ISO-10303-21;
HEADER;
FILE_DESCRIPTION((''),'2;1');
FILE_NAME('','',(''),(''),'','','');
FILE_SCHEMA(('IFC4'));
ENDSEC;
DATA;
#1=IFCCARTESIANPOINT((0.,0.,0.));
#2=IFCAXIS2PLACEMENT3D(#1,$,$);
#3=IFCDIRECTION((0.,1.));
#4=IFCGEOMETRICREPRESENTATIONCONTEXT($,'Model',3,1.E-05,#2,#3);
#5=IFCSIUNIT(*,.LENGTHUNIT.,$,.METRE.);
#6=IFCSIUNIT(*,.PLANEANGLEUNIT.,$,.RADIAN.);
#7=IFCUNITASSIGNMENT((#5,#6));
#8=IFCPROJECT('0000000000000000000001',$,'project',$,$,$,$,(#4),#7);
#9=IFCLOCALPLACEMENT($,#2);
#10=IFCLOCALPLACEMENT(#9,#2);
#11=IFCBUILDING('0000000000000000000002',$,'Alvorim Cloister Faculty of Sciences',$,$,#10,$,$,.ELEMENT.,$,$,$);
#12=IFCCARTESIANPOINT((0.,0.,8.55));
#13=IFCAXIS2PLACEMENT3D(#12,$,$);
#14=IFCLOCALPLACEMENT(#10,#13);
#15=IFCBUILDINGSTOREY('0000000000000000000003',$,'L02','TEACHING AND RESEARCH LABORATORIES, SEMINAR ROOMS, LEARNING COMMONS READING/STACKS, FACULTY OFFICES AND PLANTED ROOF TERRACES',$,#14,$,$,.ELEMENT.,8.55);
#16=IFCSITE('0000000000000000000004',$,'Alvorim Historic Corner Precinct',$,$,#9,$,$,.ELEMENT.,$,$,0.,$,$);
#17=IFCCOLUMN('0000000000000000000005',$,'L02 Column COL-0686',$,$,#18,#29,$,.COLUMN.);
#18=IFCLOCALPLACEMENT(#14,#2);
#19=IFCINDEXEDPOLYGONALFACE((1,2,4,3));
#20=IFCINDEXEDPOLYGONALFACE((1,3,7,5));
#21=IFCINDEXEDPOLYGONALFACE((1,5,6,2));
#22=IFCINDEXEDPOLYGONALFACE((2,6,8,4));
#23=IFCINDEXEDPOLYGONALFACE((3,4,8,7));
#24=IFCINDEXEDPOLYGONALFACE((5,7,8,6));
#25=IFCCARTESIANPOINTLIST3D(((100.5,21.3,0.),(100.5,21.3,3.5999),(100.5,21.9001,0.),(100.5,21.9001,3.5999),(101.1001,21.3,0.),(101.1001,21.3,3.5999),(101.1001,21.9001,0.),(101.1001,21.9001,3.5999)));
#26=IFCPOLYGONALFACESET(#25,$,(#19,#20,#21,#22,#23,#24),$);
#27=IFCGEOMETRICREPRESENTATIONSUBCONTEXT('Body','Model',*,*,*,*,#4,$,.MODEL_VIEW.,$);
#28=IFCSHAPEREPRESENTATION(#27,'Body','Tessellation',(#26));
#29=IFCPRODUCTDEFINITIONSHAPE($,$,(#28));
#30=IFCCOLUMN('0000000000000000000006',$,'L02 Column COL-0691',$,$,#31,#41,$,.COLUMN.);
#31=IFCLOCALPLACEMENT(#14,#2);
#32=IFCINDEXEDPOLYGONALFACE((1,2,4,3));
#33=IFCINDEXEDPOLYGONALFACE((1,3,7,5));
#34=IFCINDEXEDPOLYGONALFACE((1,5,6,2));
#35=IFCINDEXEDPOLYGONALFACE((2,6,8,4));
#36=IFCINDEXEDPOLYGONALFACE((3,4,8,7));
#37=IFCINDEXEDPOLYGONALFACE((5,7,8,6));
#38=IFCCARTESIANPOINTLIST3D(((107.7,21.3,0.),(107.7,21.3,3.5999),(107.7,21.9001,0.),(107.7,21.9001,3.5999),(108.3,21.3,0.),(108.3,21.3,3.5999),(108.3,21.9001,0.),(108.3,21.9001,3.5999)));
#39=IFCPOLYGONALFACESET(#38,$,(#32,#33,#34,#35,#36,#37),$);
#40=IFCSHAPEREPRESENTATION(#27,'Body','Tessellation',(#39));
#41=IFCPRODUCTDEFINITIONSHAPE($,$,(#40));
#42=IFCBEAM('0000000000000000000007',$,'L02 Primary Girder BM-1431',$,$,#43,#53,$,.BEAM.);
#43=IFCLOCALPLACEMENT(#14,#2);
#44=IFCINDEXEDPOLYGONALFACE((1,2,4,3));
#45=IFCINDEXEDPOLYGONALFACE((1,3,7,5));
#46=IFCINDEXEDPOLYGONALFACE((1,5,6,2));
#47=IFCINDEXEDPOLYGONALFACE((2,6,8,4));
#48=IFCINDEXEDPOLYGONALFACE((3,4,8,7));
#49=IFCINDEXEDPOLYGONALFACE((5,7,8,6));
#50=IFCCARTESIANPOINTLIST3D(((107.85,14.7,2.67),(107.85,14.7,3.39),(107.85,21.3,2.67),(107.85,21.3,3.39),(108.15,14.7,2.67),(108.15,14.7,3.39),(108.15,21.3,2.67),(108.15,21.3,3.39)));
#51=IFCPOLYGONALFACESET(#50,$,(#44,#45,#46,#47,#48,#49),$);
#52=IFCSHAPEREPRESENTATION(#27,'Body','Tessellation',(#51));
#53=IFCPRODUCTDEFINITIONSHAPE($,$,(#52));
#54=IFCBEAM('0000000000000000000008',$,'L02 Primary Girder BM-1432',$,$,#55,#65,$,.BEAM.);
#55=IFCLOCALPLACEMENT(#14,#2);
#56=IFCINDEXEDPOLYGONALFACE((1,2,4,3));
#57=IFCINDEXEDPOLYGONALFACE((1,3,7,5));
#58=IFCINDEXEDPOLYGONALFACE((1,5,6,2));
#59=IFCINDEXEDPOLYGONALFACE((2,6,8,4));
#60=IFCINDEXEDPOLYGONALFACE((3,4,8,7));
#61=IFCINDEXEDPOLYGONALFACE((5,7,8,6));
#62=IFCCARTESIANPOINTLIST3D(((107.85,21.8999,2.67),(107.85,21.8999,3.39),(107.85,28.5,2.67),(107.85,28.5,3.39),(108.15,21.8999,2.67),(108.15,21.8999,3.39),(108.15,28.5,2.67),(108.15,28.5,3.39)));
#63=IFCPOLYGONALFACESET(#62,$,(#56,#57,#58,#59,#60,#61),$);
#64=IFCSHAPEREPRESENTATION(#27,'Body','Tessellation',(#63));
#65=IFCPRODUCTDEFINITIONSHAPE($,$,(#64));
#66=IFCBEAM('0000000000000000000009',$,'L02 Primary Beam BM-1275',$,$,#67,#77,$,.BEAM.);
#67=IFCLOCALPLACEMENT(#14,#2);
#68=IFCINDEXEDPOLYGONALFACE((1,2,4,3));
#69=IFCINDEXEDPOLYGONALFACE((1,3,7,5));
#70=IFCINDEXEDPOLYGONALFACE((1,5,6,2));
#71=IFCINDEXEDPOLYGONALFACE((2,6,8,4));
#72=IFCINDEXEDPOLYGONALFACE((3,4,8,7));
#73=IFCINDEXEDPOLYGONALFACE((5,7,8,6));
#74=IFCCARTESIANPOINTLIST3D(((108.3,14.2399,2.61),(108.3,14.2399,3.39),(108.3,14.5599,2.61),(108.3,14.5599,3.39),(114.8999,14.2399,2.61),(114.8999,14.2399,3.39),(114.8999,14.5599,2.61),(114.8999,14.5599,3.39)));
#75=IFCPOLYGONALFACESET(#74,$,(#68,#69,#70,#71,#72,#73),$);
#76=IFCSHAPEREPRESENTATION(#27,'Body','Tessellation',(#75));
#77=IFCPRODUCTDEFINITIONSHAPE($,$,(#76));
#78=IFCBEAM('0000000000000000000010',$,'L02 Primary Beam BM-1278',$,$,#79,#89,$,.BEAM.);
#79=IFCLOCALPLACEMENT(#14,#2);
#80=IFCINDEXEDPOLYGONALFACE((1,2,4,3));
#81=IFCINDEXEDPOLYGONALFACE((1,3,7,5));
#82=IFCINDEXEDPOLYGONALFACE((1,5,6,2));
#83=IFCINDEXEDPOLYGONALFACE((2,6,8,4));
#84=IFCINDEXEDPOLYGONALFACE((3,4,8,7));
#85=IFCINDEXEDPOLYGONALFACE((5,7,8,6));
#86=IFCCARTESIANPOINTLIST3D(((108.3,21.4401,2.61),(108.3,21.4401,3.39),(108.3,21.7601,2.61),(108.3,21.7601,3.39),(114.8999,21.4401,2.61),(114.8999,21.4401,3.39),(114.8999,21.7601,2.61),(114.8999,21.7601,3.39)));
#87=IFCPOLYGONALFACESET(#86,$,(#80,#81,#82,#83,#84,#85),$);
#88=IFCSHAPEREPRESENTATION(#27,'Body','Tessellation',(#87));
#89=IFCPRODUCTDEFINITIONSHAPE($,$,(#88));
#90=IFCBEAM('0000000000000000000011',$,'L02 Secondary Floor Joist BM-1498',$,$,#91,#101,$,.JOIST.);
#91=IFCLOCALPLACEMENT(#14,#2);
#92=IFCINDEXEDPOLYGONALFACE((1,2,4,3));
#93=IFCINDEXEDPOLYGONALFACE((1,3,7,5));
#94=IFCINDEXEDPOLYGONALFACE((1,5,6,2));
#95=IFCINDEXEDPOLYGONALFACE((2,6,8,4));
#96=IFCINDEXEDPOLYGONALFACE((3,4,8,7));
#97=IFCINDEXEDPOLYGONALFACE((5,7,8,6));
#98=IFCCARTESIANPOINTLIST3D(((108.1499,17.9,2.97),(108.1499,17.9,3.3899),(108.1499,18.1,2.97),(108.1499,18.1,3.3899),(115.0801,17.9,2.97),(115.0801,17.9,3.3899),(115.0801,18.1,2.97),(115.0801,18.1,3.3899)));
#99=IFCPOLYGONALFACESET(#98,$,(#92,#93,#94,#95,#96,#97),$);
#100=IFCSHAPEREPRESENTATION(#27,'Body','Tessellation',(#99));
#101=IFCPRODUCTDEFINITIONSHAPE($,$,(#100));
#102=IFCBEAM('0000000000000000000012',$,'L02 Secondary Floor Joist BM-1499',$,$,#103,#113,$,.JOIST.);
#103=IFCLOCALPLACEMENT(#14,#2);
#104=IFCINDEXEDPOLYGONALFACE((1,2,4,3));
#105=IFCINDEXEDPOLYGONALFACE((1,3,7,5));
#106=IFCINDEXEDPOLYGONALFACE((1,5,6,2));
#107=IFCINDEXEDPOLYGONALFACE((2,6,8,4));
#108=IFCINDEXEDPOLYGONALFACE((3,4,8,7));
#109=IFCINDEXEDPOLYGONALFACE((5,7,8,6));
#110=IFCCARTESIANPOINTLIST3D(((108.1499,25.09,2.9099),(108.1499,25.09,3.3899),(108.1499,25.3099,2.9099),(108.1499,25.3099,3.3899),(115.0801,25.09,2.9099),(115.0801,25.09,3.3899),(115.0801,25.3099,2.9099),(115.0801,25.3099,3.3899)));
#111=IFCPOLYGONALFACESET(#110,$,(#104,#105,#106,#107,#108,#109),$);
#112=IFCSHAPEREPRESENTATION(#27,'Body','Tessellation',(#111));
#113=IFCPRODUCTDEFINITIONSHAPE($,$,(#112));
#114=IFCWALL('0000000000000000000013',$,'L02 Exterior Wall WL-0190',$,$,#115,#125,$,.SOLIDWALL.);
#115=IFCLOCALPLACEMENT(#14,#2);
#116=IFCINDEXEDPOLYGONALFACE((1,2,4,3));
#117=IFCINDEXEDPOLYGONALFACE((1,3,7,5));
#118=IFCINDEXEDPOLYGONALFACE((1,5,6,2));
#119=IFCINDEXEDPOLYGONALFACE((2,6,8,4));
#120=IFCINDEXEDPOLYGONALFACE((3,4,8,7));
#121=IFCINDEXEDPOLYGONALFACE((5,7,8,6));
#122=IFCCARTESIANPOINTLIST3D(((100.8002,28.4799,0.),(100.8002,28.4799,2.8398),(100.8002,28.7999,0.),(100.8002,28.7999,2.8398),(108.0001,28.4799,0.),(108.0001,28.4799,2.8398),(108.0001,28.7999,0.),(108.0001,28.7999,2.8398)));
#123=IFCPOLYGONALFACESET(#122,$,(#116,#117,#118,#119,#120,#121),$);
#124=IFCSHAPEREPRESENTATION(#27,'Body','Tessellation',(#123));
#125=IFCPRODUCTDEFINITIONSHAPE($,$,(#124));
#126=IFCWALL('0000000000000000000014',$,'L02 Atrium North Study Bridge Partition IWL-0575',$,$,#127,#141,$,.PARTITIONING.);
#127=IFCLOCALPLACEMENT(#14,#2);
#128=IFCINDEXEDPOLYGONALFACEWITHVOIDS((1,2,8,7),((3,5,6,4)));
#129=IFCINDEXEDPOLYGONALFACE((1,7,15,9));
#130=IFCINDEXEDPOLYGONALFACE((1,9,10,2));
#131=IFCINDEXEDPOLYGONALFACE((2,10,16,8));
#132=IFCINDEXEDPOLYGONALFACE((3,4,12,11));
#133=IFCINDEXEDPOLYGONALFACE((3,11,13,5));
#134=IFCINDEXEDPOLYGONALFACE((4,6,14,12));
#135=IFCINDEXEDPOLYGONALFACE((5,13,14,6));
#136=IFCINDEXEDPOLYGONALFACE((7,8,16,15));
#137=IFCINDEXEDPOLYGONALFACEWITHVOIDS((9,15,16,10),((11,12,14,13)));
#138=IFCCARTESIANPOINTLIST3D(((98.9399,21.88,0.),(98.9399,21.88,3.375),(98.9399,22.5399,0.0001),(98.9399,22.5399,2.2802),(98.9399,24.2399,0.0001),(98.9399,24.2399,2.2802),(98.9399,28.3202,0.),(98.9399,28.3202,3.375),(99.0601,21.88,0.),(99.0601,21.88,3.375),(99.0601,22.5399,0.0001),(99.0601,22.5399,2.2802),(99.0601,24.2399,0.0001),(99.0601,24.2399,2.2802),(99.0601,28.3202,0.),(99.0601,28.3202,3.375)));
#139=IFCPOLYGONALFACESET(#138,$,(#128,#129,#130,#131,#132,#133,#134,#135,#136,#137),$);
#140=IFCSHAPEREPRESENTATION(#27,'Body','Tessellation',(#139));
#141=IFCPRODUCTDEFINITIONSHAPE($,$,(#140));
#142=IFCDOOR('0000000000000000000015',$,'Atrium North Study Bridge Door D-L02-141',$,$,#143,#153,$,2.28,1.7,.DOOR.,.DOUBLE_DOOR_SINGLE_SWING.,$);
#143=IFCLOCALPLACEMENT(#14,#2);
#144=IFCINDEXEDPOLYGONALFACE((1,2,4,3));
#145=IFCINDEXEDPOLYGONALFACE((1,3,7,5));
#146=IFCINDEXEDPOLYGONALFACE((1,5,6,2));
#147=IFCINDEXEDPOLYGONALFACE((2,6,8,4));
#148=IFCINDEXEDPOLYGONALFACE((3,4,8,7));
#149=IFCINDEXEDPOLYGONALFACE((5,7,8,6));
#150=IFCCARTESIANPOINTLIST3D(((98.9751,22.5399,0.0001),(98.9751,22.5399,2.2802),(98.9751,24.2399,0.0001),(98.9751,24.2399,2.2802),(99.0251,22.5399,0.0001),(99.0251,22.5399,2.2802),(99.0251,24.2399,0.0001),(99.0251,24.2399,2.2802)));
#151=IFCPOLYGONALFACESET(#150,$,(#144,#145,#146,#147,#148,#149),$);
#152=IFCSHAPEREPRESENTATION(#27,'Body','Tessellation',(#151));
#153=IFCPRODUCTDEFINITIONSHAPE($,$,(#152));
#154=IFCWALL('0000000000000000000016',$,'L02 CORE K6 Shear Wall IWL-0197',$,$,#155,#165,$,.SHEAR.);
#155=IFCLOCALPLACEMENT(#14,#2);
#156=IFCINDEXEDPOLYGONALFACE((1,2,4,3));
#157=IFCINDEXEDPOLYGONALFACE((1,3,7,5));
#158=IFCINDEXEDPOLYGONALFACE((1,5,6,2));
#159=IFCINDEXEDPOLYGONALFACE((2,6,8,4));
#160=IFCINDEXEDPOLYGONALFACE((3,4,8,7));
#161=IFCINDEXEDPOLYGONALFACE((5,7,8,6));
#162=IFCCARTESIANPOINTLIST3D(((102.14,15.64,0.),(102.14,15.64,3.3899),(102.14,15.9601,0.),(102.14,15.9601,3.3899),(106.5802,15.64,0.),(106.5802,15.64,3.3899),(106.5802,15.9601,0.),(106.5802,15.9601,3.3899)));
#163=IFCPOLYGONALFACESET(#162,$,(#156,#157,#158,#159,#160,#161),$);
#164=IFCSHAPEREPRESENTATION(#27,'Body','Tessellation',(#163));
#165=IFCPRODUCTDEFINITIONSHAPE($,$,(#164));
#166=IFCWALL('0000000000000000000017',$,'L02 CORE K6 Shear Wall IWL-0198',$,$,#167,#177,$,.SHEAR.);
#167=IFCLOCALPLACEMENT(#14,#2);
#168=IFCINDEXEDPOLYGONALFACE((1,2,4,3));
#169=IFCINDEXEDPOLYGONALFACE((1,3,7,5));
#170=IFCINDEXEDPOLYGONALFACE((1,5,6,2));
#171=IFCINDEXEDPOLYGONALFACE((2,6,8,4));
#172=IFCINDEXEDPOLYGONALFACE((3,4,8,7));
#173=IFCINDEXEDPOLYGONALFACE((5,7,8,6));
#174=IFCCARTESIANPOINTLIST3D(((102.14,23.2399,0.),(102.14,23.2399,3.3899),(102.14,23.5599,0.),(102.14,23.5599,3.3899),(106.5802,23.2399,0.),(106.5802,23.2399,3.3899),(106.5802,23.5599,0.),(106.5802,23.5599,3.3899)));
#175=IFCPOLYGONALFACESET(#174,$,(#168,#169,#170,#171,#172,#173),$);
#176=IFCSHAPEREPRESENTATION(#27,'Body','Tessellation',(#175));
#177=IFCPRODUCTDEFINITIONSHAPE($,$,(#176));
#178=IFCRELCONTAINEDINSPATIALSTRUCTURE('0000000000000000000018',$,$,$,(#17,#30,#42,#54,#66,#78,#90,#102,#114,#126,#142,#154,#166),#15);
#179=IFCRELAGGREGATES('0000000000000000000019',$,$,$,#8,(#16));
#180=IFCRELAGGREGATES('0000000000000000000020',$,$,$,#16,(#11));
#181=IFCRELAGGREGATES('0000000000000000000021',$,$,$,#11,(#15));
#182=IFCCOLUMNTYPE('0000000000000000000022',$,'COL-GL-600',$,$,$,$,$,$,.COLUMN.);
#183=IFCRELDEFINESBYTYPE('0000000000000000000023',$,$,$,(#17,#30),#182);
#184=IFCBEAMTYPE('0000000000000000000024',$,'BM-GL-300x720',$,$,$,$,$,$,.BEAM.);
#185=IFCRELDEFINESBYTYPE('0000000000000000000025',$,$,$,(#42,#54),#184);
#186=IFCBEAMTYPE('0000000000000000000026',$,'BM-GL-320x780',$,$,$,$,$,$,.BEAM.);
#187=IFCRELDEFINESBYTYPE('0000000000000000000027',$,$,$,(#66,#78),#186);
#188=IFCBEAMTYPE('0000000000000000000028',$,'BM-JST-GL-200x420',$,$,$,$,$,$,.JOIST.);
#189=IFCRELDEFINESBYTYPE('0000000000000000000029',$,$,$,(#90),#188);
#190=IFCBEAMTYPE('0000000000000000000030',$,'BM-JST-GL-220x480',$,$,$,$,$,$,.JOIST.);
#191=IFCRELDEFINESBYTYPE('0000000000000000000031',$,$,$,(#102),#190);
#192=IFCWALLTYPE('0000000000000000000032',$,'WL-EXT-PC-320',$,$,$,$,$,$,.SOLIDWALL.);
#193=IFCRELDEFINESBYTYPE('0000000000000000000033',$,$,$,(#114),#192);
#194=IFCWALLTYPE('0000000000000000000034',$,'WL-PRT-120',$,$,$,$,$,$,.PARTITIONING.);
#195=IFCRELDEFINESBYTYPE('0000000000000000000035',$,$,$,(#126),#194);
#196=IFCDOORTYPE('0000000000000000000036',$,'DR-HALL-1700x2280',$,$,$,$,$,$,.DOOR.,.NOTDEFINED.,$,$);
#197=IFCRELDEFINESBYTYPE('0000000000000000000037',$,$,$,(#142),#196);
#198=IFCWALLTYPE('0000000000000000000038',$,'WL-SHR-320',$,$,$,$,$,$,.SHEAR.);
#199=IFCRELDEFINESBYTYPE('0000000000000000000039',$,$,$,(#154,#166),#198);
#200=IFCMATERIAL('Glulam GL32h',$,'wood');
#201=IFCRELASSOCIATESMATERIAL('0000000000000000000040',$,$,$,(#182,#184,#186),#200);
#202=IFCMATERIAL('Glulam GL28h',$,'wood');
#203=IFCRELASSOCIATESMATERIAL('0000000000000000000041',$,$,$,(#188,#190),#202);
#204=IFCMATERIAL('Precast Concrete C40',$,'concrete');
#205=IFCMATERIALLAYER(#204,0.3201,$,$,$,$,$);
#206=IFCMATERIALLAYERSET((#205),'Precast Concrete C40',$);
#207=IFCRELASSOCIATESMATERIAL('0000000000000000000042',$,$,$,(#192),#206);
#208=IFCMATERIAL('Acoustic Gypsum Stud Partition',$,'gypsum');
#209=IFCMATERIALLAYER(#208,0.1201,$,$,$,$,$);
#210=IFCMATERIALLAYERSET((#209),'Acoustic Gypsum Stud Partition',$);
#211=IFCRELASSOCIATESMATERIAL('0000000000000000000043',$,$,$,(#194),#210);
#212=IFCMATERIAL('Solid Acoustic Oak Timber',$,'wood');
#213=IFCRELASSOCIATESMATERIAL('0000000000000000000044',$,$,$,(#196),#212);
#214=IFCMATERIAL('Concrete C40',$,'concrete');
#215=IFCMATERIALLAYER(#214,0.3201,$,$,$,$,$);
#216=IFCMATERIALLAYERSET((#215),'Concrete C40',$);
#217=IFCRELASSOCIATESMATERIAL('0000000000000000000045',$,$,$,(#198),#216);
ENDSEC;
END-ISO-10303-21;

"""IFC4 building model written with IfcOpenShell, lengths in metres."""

from ifc_helpers import new_model, si_unit, direction, frame, frame_2d, origin, origin_2d, place, context, subcontext, project, spatial, rectangle, extrude, material, layer, layer_set, material_profile, profile_set, type_object, element, fill, save


model = new_model("IFC4")

# Units and contexts
model_context = context("Model", 3, precision=1e-05, world=origin(), true_north=direction((0.0, 1.0)))
body_context = subcontext(model_context, "Body", "Model", "MODEL_VIEW")
ifc_project = project(units=[si_unit("LENGTHUNIT", "METRE"), si_unit("PLANEANGLEUNIT", "RADIAN")], contexts=[model_context])

# Site, building, storey
site_placement = place(None, origin())
site = spatial("IfcSite", under=ifc_project, at=site_placement, Name="Alvorim Historic Corner Precinct", CompositionType="ELEMENT", RefElevation=0.0)
building_placement = place(site_placement, origin())
building = spatial("IfcBuilding", under=site, at=building_placement, Name="Alvorim Cloister Faculty of Sciences", CompositionType="ELEMENT")
storey_placement = place(building_placement, frame((0.0, 0.0, 8.55)))
storey = spatial("IfcBuildingStorey", under=building, at=storey_placement, Name="L02", Description="TEACHING AND RESEARCH LABORATORIES, SEMINAR ROOMS, LEARNING COMMONS READING/STACKS, FACULTY OFFICES AND PLANTED ROOF TERRACES", CompositionType="ELEMENT", Elevation=8.55)

# Columns
ifc_material_1 = material(Name="Glulam GL32h", Category="wood")
ifc_material_profile_1 = material_profile(ifc_material_1, rectangle(XDim=0.6001, YDim=0.6001, at=origin_2d()), Name="GL32-COL-600x600")
ifc_profile_set_1 = profile_set([ifc_material_profile_1], Name="Glulam GL32h")
column_type = type_object("IfcColumnType", Name="COL-GL-600", PredefinedType="COLUMN", material=ifc_profile_set_1)
for number, where, z_axis, x_axis, name in (
    (1, (100.8, 21.6001, 0.0), (0.0, 0.0, 1.0), (1.0, 0.0, 0.0), "L02 Column COL-0686"),
    (2, (108.0, 21.6001, 0.0), (0.0, 0.0, 1.0), (1.0, 0.0, 0.0), "L02 Column COL-0691"),
):
    element("IfcColumn", number, at=place(storey_placement, frame(where, z_axis=z_axis, x_axis=x_axis)), inside=storey, type_object=column_type, Name=name, PredefinedType="COLUMN", context=body_context, shape_type="SweptSolid", body=[
        extrude(rectangle(XDim=0.6001, YDim=0.6001, at=origin_2d()), origin(), (0.0, 0.0, 1.0), 3.5999),
    ])

# Beams
ifc_material_profile_2 = material_profile(ifc_material_1, rectangle(XDim=0.3, YDim=0.72, at=origin_2d()), Name="GL32-BM-300x720")
ifc_profile_set_2 = profile_set([ifc_material_profile_2], Name="Glulam GL32h")
beam_type_1 = type_object("IfcBeamType", Name="BM-GL-300x720", PredefinedType="BEAM", material=ifc_profile_set_2)
for number, where, z_axis, x_axis, name in (
    (3, (108.0, 14.7, 3.03), (0.0, 1.0, 0.0), (-1.0, 0.0, 0.0), "L02 Primary Girder BM-1431"),
    (4, (108.0, 21.8999, 3.03), (0.0, 1.0, 0.0), (-1.0, 0.0, 0.0), "L02 Primary Girder BM-1432"),
):
    element("IfcBeam", number, at=place(storey_placement, frame(where, z_axis=z_axis, x_axis=x_axis)), inside=storey, type_object=beam_type_1, Name=name, PredefinedType="BEAM", context=body_context, shape_type="SweptSolid", body=[
        extrude(rectangle(XDim=0.3, YDim=0.72, at=origin_2d()), origin(), (0.0, 0.0, 1.0), 6.6001),
    ])
ifc_material_profile_3 = material_profile(ifc_material_1, rectangle(XDim=0.3201, YDim=0.78, at=origin_2d()), Name="GL32-BM-320x780")
ifc_profile_set_3 = profile_set([ifc_material_profile_3], Name="Glulam GL32h")
beam_type_2 = type_object("IfcBeamType", Name="BM-GL-320x780", PredefinedType="BEAM", material=ifc_profile_set_3)
for number, where, z_axis, x_axis, name in (
    (5, (108.3, 14.3999, 3.0), (1.0, 0.0, 0.0), (0.0, 1.0, 0.0), "L02 Primary Beam BM-1275"),
    (6, (108.3, 21.6001, 3.0), (1.0, 0.0, 0.0), (0.0, 1.0, 0.0), "L02 Primary Beam BM-1278"),
):
    element("IfcBeam", number, at=place(storey_placement, frame(where, z_axis=z_axis, x_axis=x_axis)), inside=storey, type_object=beam_type_2, Name=name, PredefinedType="BEAM", context=body_context, shape_type="SweptSolid", body=[
        extrude(rectangle(XDim=0.3201, YDim=0.78, at=origin_2d()), origin(), (0.0, 0.0, 1.0), 6.5999),
    ])
ifc_material_2 = material(Name="Glulam GL28h", Category="wood")
ifc_material_profile_4 = material_profile(ifc_material_2, rectangle(XDim=0.2, YDim=0.4199, at=origin_2d()), Name="GL28-JST-200x420")
ifc_profile_set_4 = profile_set([ifc_material_profile_4], Name="Glulam GL28h")
beam_type_3 = type_object("IfcBeamType", Name="BM-JST-GL-200x420", PredefinedType="JOIST", material=ifc_profile_set_4)
beam_1_placement = place(storey_placement, frame((108.1499, 18.0, 3.1799), z_axis=(1.0, 0.0, 0.0), x_axis=(0.0, 1.0, 0.0)))
element("IfcBeam", 7, at=beam_1_placement, inside=storey, type_object=beam_type_3, Name="L02 Secondary Floor Joist BM-1498", PredefinedType="JOIST", context=body_context, shape_type="SweptSolid", body=[
    extrude(rectangle(XDim=0.2, YDim=0.4199, at=origin_2d()), origin(), (0.0, 0.0, 1.0), 6.9302),
])
ifc_material_profile_5 = material_profile(ifc_material_2, rectangle(XDim=0.22, YDim=0.48, at=origin_2d()), Name="GL28-JST-220x480")
ifc_profile_set_5 = profile_set([ifc_material_profile_5], Name="Glulam GL28h")
beam_type_4 = type_object("IfcBeamType", Name="BM-JST-GL-220x480", PredefinedType="JOIST", material=ifc_profile_set_5)
beam_2_placement = place(storey_placement, frame((108.1499, 25.2, 3.1499), z_axis=(1.0, 0.0, 0.0), x_axis=(0.0, 1.0, 0.0)))
element("IfcBeam", 8, at=beam_2_placement, inside=storey, type_object=beam_type_4, Name="L02 Secondary Floor Joist BM-1499", PredefinedType="JOIST", context=body_context, shape_type="SweptSolid", body=[
    extrude(rectangle(XDim=0.22, YDim=0.48, at=origin_2d()), origin(), (0.0, 0.0, 1.0), 6.9302),
])

# Wall
ifc_material_3 = material(Name="Precast Concrete C40", Category="concrete")
ifc_layer_1 = layer(ifc_material_3, 0.3201)
ifc_layer_set_1 = layer_set([ifc_layer_1], Name="Precast Concrete C40")
wall_type_1 = type_object("IfcWallType", Name="WL-EXT-PC-320", PredefinedType="SOLIDWALL", material=ifc_layer_set_1)
wall_1_placement = place(storey_placement, frame((100.8, 28.6399, 0.0), z_axis=(0.0, 0.0, 1.0), x_axis=(1.0, 0.0, 0.0)))
element("IfcWall", 9, at=wall_1_placement, inside=storey, type_object=wall_type_1, Name="L02 Exterior Wall WL-0190", PredefinedType="SOLIDWALL", context=body_context, shape_type="SweptSolid", body=[
    extrude(rectangle(XDim=7.2, YDim=0.3201, at=frame_2d((3.6001, 0.0))), origin(), (0.0, 0.0, 1.0), 2.8398),
])

# Wall, opening, door
ifc_material_4 = material(Name="Acoustic Gypsum Stud Partition", Category="gypsum")
ifc_layer_2 = layer(ifc_material_4, 0.1201)
ifc_layer_set_2 = layer_set([ifc_layer_2], Name="Acoustic Gypsum Stud Partition")
wall_type_2 = type_object("IfcWallType", Name="WL-PRT-120", PredefinedType="PARTITIONING", material=ifc_layer_set_2)
wall_2_placement = place(storey_placement, frame((99.0, 21.8799, 0.0), z_axis=(0.0, 0.0, 1.0), x_axis=(0.0, 1.0, 0.0)))
wall_2 = element("IfcWall", 10, at=wall_2_placement, inside=storey, type_object=wall_type_2, Name="L02 Atrium North Study Bridge Partition IWL-0575", PredefinedType="PARTITIONING", context=body_context, shape_type="SweptSolid", body=[
    extrude(rectangle(XDim=6.4402, YDim=0.1201, at=frame_2d((3.2202, 0.0))), origin(), (0.0, 0.0, 1.0), 3.375),
])
opening_1_placement = place(wall_2_placement, frame((0.6599, 0.0, 0.0)))
opening_1 = element("IfcOpeningElement", 11, at=opening_1_placement, cuts=wall_2, PredefinedType="OPENING", context=body_context, shape_type="SweptSolid", body=[
    extrude(rectangle(XDim=1.7, YDim=2.28, at=frame_2d((0.8501, 1.1401))), frame((0.0, 0.072, 0.0), z_axis=(0.0, -1.0, 0.0), x_axis=(1.0, 0.0, 0.0)), (0.0, 0.0, 1.0), 0.144),
])
ifc_material_5 = material(Name="Solid Acoustic Oak Timber", Category="wood")
door_type_1 = type_object("IfcDoorType", Name="DR-HALL-1700x2280", OperationType="NOTDEFINED", PredefinedType="DOOR", material=ifc_material_5)
door_1_placement = place(opening_1_placement, origin())
door_1 = element("IfcDoor", 12, at=door_1_placement, inside=storey, type_object=door_type_1, Name="Atrium North Study Bridge Door D-L02-141", OperationType="DOUBLE_DOOR_SINGLE_SWING", OverallHeight=2.28, OverallWidth=1.7, PredefinedType="DOOR", context=body_context, shape_type="SweptSolid", body=[
    extrude(rectangle(XDim=1.7, YDim=2.28, at=frame_2d((0.8501, 1.1401))), frame((0.0, 0.0249, 0.0), z_axis=(0.0, -1.0, 0.0), x_axis=(1.0, 0.0, 0.0)), (0.0, 0.0, 1.0), 0.05),
])
fill(opening_1, door_1)

# Walls
ifc_material_6 = material(Name="Concrete C40", Category="concrete")
ifc_layer_3 = layer(ifc_material_6, 0.3201)
ifc_layer_set_3 = layer_set([ifc_layer_3], Name="Concrete C40")
wall_type_3 = type_object("IfcWallType", Name="WL-SHR-320", PredefinedType="SHEAR", material=ifc_layer_set_3)
for number, where, z_axis, x_axis, name in (
    (13, (102.1399, 15.8, 0.0), (0.0, 0.0, 1.0), (1.0, 0.0, 0.0), "L02 CORE K6 Shear Wall IWL-0197"),
    (14, (102.1399, 23.3999, 0.0), (0.0, 0.0, 1.0), (1.0, 0.0, 0.0), "L02 CORE K6 Shear Wall IWL-0198"),
):
    element("IfcWall", number, at=place(storey_placement, frame(where, z_axis=z_axis, x_axis=x_axis)), inside=storey, type_object=wall_type_3, Name=name, PredefinedType="SHEAR", context=body_context, shape_type="SweptSolid", body=[
        extrude(rectangle(XDim=4.4402, YDim=0.3201, at=frame_2d((2.2202, 0.0))), origin(), (0.0, 0.0, 1.0), 3.3899),
    ])

save(model, "model.ifc")
